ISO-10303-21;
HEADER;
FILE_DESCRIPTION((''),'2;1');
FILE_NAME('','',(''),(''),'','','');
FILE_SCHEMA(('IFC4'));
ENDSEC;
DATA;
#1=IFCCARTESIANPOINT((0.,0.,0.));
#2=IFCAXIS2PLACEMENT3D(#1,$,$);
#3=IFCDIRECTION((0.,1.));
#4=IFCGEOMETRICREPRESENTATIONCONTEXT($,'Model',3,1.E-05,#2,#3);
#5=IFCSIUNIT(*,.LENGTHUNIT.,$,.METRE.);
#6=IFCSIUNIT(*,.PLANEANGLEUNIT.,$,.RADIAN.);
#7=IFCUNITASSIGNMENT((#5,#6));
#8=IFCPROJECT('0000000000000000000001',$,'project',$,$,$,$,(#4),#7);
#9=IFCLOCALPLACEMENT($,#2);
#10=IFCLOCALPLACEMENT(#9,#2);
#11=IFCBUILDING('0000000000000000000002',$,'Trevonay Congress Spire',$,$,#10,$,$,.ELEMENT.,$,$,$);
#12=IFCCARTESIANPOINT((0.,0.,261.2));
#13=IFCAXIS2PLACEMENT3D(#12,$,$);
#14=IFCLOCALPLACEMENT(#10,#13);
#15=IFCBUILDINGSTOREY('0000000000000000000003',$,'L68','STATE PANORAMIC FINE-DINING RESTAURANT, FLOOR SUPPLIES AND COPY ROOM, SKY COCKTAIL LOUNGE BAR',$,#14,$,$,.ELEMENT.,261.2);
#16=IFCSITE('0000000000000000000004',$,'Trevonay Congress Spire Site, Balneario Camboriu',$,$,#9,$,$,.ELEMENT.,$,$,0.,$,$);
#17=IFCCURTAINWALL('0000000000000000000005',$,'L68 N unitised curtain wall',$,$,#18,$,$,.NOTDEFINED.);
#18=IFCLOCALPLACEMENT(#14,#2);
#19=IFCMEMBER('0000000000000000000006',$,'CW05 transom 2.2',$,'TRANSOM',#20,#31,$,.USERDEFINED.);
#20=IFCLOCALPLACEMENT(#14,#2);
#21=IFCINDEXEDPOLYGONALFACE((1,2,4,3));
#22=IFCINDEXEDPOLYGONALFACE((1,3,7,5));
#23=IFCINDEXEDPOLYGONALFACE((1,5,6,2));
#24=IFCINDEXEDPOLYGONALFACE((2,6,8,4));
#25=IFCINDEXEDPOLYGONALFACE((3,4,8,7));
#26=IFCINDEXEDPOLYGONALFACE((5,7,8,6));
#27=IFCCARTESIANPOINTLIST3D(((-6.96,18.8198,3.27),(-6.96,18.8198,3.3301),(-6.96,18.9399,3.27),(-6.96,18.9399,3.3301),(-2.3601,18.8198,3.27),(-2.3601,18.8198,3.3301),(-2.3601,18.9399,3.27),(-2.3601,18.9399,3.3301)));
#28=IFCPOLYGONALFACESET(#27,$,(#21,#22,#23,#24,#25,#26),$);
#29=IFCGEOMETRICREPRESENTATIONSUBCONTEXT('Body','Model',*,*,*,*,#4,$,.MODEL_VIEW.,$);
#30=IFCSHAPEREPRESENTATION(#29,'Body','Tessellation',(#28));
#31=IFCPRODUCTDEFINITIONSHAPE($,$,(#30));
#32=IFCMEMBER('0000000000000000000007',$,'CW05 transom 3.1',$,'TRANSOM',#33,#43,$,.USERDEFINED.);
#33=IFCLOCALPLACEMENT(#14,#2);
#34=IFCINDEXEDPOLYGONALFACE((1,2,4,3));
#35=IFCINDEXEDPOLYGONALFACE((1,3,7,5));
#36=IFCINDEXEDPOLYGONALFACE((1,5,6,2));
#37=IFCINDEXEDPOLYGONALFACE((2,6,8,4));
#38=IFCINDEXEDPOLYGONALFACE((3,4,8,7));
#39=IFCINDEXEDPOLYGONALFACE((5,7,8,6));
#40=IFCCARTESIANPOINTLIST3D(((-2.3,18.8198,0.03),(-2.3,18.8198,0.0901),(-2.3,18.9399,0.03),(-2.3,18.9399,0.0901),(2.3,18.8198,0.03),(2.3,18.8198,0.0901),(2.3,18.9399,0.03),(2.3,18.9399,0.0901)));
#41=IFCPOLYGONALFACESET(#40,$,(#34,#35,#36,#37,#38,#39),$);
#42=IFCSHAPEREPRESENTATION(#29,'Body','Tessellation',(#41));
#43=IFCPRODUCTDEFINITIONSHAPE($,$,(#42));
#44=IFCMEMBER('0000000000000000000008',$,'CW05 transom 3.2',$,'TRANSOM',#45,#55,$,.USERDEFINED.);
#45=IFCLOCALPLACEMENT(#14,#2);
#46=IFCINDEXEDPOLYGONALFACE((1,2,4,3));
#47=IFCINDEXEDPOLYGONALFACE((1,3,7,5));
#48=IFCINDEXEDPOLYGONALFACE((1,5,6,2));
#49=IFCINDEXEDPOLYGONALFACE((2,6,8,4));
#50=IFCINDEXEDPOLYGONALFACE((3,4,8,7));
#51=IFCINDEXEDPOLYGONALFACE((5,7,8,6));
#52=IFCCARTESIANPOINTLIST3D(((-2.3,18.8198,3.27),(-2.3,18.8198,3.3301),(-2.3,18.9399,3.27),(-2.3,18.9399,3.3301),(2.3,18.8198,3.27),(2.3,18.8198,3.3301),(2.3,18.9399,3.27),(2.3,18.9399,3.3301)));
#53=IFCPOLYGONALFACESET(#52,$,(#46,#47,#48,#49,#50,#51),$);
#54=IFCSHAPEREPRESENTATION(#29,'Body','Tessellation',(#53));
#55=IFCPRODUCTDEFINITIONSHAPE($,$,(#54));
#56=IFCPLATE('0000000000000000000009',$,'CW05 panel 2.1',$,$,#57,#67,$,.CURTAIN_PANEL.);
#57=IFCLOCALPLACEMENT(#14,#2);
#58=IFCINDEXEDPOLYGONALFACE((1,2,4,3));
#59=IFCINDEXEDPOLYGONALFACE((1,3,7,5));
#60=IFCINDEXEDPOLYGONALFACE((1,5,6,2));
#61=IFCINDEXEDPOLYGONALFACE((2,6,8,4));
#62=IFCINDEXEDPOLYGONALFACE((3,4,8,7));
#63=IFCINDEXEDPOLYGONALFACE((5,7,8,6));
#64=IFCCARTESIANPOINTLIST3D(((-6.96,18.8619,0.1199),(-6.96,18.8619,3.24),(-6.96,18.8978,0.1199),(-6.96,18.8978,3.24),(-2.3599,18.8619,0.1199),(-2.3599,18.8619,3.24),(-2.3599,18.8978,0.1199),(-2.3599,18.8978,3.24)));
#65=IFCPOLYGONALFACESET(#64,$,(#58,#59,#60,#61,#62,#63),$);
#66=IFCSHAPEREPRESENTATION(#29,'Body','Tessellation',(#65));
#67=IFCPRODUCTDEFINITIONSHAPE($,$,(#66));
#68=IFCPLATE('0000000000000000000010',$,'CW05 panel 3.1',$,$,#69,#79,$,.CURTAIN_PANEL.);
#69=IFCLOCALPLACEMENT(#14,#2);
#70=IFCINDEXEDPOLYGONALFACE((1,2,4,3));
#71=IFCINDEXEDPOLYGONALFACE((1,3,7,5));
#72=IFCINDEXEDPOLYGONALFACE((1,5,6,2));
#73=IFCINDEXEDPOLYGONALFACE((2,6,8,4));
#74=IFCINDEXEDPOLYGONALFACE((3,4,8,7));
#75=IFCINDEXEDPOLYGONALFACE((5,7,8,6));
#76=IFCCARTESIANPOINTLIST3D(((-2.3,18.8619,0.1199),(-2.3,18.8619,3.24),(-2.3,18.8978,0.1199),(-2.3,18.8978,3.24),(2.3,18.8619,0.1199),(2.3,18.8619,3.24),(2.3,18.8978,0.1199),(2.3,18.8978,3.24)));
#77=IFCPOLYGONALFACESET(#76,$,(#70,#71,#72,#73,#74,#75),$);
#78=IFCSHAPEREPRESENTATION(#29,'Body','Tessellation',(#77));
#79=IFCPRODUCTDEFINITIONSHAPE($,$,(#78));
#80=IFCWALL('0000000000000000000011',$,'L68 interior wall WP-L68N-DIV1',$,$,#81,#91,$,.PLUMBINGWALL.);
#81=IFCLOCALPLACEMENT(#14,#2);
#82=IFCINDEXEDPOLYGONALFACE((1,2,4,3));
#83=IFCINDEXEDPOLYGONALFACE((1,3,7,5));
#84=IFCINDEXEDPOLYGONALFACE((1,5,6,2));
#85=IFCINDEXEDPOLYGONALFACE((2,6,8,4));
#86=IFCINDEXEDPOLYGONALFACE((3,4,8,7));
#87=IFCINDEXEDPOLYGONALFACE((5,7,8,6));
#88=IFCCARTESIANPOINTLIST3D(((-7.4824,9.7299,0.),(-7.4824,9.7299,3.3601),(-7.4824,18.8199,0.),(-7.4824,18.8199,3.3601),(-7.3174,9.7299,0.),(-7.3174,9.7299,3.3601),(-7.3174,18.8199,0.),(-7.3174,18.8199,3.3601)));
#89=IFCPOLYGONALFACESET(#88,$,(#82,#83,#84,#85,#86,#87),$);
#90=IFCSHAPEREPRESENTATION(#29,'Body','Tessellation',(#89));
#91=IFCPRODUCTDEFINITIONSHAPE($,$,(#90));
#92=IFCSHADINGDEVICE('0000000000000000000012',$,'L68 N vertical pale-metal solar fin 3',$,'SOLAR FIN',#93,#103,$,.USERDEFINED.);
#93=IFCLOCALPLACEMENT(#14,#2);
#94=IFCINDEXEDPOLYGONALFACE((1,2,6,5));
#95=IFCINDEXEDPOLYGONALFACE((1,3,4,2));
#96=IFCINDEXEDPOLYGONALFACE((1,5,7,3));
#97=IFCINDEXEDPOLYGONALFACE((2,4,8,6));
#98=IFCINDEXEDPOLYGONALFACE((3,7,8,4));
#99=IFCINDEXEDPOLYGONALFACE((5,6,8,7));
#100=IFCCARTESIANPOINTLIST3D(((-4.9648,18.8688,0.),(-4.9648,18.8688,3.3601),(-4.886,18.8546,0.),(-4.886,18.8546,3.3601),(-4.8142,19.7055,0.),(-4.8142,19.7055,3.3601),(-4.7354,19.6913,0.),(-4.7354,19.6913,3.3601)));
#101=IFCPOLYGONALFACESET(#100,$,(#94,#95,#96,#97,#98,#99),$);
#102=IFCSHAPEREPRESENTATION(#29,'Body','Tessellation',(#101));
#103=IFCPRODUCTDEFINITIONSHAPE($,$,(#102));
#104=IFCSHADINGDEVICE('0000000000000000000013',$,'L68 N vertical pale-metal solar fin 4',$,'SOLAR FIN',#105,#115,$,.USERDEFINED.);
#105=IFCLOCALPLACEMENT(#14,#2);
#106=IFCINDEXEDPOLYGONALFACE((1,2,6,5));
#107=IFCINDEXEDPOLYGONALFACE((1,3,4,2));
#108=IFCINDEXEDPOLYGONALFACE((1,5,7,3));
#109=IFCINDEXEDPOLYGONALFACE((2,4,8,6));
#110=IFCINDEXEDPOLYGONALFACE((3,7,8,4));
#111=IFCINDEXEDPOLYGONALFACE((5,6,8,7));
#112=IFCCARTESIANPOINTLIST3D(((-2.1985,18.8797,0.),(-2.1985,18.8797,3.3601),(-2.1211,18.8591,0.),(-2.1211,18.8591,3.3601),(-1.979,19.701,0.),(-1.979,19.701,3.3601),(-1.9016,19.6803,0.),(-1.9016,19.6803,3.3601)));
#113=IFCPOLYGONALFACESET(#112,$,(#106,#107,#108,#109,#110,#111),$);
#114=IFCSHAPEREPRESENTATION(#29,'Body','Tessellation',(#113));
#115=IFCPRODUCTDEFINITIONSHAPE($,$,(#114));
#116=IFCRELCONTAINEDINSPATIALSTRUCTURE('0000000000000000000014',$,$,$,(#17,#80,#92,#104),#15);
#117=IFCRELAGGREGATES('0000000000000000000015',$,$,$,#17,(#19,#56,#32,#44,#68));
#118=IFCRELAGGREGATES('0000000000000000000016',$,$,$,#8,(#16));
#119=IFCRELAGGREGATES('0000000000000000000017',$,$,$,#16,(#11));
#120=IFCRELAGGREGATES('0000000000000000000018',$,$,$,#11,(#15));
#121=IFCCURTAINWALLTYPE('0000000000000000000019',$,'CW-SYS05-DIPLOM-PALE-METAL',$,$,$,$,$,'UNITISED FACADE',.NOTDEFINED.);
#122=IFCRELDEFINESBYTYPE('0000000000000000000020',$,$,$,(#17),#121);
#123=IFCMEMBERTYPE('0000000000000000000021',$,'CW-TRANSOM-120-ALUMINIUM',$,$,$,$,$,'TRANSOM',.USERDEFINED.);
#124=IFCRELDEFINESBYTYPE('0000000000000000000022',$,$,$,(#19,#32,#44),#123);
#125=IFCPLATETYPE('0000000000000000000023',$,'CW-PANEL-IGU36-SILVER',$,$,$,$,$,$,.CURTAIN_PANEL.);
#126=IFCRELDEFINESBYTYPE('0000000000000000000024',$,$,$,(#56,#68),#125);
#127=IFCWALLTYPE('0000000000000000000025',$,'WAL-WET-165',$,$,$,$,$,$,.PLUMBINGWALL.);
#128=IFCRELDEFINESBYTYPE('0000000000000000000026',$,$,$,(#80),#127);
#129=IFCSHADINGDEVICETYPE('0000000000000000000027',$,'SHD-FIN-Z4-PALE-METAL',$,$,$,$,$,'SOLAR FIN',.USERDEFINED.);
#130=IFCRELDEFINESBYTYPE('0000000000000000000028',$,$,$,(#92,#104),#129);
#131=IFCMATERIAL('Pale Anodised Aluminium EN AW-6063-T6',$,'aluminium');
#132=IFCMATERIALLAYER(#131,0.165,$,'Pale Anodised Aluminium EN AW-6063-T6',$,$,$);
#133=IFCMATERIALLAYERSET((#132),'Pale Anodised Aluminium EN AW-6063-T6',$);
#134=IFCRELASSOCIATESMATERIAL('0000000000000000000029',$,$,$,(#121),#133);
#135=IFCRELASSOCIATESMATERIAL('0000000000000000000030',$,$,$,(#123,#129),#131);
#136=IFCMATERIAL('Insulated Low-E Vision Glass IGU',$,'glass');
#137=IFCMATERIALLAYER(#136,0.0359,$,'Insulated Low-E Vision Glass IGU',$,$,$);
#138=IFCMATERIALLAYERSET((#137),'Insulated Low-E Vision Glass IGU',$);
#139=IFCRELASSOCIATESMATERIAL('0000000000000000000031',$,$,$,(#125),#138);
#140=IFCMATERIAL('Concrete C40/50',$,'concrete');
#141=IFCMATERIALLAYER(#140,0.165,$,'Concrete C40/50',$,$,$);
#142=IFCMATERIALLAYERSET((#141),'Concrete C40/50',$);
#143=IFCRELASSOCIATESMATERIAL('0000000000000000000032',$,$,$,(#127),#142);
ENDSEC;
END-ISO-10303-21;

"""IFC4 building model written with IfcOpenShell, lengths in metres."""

from ifc_helpers import new_model, si_unit, direction, frame, frame_2d, origin, origin_2d, place, context, subcontext, project, spatial, rectangle, extrude, material, layer, layer_set, material_profile, profile_set, type_object, element, aggregate, save


model = new_model("IFC4")

# Units and contexts
model_context = context("Model", 3, precision=1e-05, world=origin(), true_north=direction((0.0, 1.0)))
body_context = subcontext(model_context, "Body", "Model", "MODEL_VIEW")
ifc_project = project(units=[si_unit("LENGTHUNIT", "METRE"), si_unit("PLANEANGLEUNIT", "RADIAN")], contexts=[model_context])

# Site, building, storey
site_placement = place(None, origin())
site = spatial("IfcSite", under=ifc_project, at=site_placement, Name="Trevonay Congress Spire Site, Balneario Camboriu", CompositionType="ELEMENT", RefElevation=0.0)
building_placement = place(site_placement, origin())
building = spatial("IfcBuilding", under=site, at=building_placement, Name="Trevonay Congress Spire", CompositionType="ELEMENT")
storey_placement = place(building_placement, frame((0.0, 0.0, 261.2)))
storey = spatial("IfcBuildingStorey", under=building, at=storey_placement, Name="L68", Description="STATE PANORAMIC FINE-DINING RESTAURANT, FLOOR SUPPLIES AND COPY ROOM, SKY COCKTAIL LOUNGE BAR", CompositionType="ELEMENT", Elevation=261.2)

# Curtain wall, members, plates
ifc_material_1 = material(Name="Pale Anodised Aluminium EN AW-6063-T6", Category="aluminium")
ifc_layer_1 = layer(ifc_material_1, 0.165, Name="Pale Anodised Aluminium EN AW-6063-T6")
ifc_layer_set_1 = layer_set([ifc_layer_1], Name="Pale Anodised Aluminium EN AW-6063-T6")
curtain_wall_type = type_object("IfcCurtainWallType", Name="CW-SYS05-DIPLOM-PALE-METAL", ElementType="UNITISED FACADE", PredefinedType="NOTDEFINED", material=ifc_layer_set_1)
curtain_wall_placement = place(storey_placement, origin())
curtain_wall = element("IfcCurtainWall", 1, at=curtain_wall_placement, inside=storey, type_object=curtain_wall_type, Name="L68 N unitised curtain wall", PredefinedType="NOTDEFINED")
ifc_material_profile_1 = material_profile(ifc_material_1, rectangle(XDim=0.1201, YDim=0.0601, at=origin_2d()), Name="CW-TRANSOM-120-ALUMINIUM")
ifc_profile_set_1 = profile_set([ifc_material_profile_1], Name="Pale Anodised Aluminium EN AW-6063-T6")
member_type_1 = type_object("IfcMemberType", Name="CW-TRANSOM-120-ALUMINIUM", ElementType="TRANSOM", PredefinedType="USERDEFINED", material=ifc_profile_set_1)
member_1_placement = place(storey_placement, frame((-6.96, 18.8799, 3.3), z_axis=(1.0, 0.0, 0.0), x_axis=(0.0, 1.0, 0.0)))
member_1 = element("IfcMember", 2, at=member_1_placement, type_object=member_type_1, Name="CW05 transom 2.2", ObjectType="TRANSOM", PredefinedType="USERDEFINED", context=body_context, shape_type="SweptSolid", body=[
    extrude(rectangle(XDim=0.1201, YDim=0.0601, at=origin_2d()), origin(), (0.0, 0.0, 1.0), 4.5999),
])
member_2_placement = place(storey_placement, frame((-2.3, 18.8799, 0.0601), z_axis=(1.0, 0.0, 0.0), x_axis=(0.0, 1.0, 0.0)))
member_2 = element("IfcMember", 3, at=member_2_placement, type_object=member_type_1, Name="CW05 transom 3.1", ObjectType="TRANSOM", PredefinedType="USERDEFINED", context=body_context, shape_type="SweptSolid", body=[
    extrude(rectangle(XDim=0.1201, YDim=0.0601, at=origin_2d()), origin(), (0.0, 0.0, 1.0), 4.6001),
])
member_3_placement = place(storey_placement, frame((-2.3, 18.8799, 3.3), z_axis=(1.0, 0.0, 0.0), x_axis=(0.0, 1.0, 0.0)))
member_3 = element("IfcMember", 4, at=member_3_placement, type_object=member_type_1, Name="CW05 transom 3.2", ObjectType="TRANSOM", PredefinedType="USERDEFINED", context=body_context, shape_type="SweptSolid", body=[
    extrude(rectangle(XDim=0.1201, YDim=0.0601, at=origin_2d()), origin(), (0.0, 0.0, 1.0), 4.6001),
])
ifc_material_2 = material(Name="Insulated Low-E Vision Glass IGU", Category="glass")
ifc_layer_2 = layer(ifc_material_2, 0.0359, Name="Insulated Low-E Vision Glass IGU")
ifc_layer_set_2 = layer_set([ifc_layer_2], Name="Insulated Low-E Vision Glass IGU")
plate_type = type_object("IfcPlateType", Name="CW-PANEL-IGU36-SILVER", PredefinedType="CURTAIN_PANEL", material=ifc_layer_set_2)
plate_1_placement = place(storey_placement, frame((-4.6599, 18.8799, 0.1199), z_axis=(0.0, 0.0, 1.0), x_axis=(1.0, 0.0, 0.0)))
plate_1 = element("IfcPlate", 5, at=plate_1_placement, type_object=plate_type, Name="CW05 panel 2.1", PredefinedType="CURTAIN_PANEL", context=body_context, shape_type="SweptSolid", body=[
    extrude(rectangle(XDim=4.6001, YDim=0.0359, at=origin_2d()), origin(), (0.0, 0.0, 1.0), 3.1201),
])
plate_2_placement = place(storey_placement, frame((0.0, 18.8799, 0.1199), z_axis=(0.0, 0.0, 1.0), x_axis=(1.0, 0.0, 0.0)))
plate_2 = element("IfcPlate", 6, at=plate_2_placement, type_object=plate_type, Name="CW05 panel 3.1", PredefinedType="CURTAIN_PANEL", context=body_context, shape_type="SweptSolid", body=[
    extrude(rectangle(XDim=4.6001, YDim=0.0359, at=origin_2d()), origin(), (0.0, 0.0, 1.0), 3.1201),
])
aggregate(curtain_wall, [member_1, plate_1, member_2, member_3, plate_2])

# Wall
ifc_material_3 = material(Name="Concrete C40/50", Category="concrete")
ifc_layer_3 = layer(ifc_material_3, 0.165, Name="Concrete C40/50")
ifc_layer_set_3 = layer_set([ifc_layer_3], Name="Concrete C40/50")
wall_type = type_object("IfcWallType", Name="WAL-WET-165", PredefinedType="PLUMBINGWALL", material=ifc_layer_set_3)
wall_placement = place(storey_placement, frame((-7.3999, 9.73, 0.0), z_axis=(0.0, 0.0, 1.0), x_axis=(0.0, 1.0, 0.0)))
element("IfcWall", 7, at=wall_placement, inside=storey, type_object=wall_type, Name="L68 interior wall WP-L68N-DIV1", PredefinedType="PLUMBINGWALL", context=body_context, shape_type="SweptSolid", body=[
    extrude(rectangle(XDim=9.0901, YDim=0.165, at=frame_2d((4.5449, 0.0))), origin(), (0.0, 0.0, 1.0), 3.3601),
])

# Shading devices
shading_device_type = type_object("IfcShadingDeviceType", Name="SHD-FIN-Z4-PALE-METAL", ElementType="SOLAR FIN", PredefinedType="USERDEFINED", material=ifc_material_1)
for number, where, z_axis, x_axis, name in (
    (8, (-4.8501, 19.28, 0.0), (0.0, 0.0, 1.0), (0.984196, -0.177085, 0.0), "L68 N vertical pale-metal solar fin 3"),
    (9, (-2.05, 19.28, 0.0), (0.0, 0.0, 1.0), (0.966106, -0.258145, 0.0), "L68 N vertical pale-metal solar fin 4"),
):
    element("IfcShadingDevice", number, at=place(storey_placement, frame(where, z_axis=z_axis, x_axis=x_axis)), inside=storey, type_object=shading_device_type, Name=name, ObjectType="SOLAR FIN", PredefinedType="USERDEFINED", context=body_context, shape_type="SweptSolid", body=[
        extrude(rectangle(XDim=0.0801, YDim=0.8501, at=origin_2d()), origin(), (0.0, 0.0, 1.0), 3.3601),
    ])

save(model, "model.ifc")
